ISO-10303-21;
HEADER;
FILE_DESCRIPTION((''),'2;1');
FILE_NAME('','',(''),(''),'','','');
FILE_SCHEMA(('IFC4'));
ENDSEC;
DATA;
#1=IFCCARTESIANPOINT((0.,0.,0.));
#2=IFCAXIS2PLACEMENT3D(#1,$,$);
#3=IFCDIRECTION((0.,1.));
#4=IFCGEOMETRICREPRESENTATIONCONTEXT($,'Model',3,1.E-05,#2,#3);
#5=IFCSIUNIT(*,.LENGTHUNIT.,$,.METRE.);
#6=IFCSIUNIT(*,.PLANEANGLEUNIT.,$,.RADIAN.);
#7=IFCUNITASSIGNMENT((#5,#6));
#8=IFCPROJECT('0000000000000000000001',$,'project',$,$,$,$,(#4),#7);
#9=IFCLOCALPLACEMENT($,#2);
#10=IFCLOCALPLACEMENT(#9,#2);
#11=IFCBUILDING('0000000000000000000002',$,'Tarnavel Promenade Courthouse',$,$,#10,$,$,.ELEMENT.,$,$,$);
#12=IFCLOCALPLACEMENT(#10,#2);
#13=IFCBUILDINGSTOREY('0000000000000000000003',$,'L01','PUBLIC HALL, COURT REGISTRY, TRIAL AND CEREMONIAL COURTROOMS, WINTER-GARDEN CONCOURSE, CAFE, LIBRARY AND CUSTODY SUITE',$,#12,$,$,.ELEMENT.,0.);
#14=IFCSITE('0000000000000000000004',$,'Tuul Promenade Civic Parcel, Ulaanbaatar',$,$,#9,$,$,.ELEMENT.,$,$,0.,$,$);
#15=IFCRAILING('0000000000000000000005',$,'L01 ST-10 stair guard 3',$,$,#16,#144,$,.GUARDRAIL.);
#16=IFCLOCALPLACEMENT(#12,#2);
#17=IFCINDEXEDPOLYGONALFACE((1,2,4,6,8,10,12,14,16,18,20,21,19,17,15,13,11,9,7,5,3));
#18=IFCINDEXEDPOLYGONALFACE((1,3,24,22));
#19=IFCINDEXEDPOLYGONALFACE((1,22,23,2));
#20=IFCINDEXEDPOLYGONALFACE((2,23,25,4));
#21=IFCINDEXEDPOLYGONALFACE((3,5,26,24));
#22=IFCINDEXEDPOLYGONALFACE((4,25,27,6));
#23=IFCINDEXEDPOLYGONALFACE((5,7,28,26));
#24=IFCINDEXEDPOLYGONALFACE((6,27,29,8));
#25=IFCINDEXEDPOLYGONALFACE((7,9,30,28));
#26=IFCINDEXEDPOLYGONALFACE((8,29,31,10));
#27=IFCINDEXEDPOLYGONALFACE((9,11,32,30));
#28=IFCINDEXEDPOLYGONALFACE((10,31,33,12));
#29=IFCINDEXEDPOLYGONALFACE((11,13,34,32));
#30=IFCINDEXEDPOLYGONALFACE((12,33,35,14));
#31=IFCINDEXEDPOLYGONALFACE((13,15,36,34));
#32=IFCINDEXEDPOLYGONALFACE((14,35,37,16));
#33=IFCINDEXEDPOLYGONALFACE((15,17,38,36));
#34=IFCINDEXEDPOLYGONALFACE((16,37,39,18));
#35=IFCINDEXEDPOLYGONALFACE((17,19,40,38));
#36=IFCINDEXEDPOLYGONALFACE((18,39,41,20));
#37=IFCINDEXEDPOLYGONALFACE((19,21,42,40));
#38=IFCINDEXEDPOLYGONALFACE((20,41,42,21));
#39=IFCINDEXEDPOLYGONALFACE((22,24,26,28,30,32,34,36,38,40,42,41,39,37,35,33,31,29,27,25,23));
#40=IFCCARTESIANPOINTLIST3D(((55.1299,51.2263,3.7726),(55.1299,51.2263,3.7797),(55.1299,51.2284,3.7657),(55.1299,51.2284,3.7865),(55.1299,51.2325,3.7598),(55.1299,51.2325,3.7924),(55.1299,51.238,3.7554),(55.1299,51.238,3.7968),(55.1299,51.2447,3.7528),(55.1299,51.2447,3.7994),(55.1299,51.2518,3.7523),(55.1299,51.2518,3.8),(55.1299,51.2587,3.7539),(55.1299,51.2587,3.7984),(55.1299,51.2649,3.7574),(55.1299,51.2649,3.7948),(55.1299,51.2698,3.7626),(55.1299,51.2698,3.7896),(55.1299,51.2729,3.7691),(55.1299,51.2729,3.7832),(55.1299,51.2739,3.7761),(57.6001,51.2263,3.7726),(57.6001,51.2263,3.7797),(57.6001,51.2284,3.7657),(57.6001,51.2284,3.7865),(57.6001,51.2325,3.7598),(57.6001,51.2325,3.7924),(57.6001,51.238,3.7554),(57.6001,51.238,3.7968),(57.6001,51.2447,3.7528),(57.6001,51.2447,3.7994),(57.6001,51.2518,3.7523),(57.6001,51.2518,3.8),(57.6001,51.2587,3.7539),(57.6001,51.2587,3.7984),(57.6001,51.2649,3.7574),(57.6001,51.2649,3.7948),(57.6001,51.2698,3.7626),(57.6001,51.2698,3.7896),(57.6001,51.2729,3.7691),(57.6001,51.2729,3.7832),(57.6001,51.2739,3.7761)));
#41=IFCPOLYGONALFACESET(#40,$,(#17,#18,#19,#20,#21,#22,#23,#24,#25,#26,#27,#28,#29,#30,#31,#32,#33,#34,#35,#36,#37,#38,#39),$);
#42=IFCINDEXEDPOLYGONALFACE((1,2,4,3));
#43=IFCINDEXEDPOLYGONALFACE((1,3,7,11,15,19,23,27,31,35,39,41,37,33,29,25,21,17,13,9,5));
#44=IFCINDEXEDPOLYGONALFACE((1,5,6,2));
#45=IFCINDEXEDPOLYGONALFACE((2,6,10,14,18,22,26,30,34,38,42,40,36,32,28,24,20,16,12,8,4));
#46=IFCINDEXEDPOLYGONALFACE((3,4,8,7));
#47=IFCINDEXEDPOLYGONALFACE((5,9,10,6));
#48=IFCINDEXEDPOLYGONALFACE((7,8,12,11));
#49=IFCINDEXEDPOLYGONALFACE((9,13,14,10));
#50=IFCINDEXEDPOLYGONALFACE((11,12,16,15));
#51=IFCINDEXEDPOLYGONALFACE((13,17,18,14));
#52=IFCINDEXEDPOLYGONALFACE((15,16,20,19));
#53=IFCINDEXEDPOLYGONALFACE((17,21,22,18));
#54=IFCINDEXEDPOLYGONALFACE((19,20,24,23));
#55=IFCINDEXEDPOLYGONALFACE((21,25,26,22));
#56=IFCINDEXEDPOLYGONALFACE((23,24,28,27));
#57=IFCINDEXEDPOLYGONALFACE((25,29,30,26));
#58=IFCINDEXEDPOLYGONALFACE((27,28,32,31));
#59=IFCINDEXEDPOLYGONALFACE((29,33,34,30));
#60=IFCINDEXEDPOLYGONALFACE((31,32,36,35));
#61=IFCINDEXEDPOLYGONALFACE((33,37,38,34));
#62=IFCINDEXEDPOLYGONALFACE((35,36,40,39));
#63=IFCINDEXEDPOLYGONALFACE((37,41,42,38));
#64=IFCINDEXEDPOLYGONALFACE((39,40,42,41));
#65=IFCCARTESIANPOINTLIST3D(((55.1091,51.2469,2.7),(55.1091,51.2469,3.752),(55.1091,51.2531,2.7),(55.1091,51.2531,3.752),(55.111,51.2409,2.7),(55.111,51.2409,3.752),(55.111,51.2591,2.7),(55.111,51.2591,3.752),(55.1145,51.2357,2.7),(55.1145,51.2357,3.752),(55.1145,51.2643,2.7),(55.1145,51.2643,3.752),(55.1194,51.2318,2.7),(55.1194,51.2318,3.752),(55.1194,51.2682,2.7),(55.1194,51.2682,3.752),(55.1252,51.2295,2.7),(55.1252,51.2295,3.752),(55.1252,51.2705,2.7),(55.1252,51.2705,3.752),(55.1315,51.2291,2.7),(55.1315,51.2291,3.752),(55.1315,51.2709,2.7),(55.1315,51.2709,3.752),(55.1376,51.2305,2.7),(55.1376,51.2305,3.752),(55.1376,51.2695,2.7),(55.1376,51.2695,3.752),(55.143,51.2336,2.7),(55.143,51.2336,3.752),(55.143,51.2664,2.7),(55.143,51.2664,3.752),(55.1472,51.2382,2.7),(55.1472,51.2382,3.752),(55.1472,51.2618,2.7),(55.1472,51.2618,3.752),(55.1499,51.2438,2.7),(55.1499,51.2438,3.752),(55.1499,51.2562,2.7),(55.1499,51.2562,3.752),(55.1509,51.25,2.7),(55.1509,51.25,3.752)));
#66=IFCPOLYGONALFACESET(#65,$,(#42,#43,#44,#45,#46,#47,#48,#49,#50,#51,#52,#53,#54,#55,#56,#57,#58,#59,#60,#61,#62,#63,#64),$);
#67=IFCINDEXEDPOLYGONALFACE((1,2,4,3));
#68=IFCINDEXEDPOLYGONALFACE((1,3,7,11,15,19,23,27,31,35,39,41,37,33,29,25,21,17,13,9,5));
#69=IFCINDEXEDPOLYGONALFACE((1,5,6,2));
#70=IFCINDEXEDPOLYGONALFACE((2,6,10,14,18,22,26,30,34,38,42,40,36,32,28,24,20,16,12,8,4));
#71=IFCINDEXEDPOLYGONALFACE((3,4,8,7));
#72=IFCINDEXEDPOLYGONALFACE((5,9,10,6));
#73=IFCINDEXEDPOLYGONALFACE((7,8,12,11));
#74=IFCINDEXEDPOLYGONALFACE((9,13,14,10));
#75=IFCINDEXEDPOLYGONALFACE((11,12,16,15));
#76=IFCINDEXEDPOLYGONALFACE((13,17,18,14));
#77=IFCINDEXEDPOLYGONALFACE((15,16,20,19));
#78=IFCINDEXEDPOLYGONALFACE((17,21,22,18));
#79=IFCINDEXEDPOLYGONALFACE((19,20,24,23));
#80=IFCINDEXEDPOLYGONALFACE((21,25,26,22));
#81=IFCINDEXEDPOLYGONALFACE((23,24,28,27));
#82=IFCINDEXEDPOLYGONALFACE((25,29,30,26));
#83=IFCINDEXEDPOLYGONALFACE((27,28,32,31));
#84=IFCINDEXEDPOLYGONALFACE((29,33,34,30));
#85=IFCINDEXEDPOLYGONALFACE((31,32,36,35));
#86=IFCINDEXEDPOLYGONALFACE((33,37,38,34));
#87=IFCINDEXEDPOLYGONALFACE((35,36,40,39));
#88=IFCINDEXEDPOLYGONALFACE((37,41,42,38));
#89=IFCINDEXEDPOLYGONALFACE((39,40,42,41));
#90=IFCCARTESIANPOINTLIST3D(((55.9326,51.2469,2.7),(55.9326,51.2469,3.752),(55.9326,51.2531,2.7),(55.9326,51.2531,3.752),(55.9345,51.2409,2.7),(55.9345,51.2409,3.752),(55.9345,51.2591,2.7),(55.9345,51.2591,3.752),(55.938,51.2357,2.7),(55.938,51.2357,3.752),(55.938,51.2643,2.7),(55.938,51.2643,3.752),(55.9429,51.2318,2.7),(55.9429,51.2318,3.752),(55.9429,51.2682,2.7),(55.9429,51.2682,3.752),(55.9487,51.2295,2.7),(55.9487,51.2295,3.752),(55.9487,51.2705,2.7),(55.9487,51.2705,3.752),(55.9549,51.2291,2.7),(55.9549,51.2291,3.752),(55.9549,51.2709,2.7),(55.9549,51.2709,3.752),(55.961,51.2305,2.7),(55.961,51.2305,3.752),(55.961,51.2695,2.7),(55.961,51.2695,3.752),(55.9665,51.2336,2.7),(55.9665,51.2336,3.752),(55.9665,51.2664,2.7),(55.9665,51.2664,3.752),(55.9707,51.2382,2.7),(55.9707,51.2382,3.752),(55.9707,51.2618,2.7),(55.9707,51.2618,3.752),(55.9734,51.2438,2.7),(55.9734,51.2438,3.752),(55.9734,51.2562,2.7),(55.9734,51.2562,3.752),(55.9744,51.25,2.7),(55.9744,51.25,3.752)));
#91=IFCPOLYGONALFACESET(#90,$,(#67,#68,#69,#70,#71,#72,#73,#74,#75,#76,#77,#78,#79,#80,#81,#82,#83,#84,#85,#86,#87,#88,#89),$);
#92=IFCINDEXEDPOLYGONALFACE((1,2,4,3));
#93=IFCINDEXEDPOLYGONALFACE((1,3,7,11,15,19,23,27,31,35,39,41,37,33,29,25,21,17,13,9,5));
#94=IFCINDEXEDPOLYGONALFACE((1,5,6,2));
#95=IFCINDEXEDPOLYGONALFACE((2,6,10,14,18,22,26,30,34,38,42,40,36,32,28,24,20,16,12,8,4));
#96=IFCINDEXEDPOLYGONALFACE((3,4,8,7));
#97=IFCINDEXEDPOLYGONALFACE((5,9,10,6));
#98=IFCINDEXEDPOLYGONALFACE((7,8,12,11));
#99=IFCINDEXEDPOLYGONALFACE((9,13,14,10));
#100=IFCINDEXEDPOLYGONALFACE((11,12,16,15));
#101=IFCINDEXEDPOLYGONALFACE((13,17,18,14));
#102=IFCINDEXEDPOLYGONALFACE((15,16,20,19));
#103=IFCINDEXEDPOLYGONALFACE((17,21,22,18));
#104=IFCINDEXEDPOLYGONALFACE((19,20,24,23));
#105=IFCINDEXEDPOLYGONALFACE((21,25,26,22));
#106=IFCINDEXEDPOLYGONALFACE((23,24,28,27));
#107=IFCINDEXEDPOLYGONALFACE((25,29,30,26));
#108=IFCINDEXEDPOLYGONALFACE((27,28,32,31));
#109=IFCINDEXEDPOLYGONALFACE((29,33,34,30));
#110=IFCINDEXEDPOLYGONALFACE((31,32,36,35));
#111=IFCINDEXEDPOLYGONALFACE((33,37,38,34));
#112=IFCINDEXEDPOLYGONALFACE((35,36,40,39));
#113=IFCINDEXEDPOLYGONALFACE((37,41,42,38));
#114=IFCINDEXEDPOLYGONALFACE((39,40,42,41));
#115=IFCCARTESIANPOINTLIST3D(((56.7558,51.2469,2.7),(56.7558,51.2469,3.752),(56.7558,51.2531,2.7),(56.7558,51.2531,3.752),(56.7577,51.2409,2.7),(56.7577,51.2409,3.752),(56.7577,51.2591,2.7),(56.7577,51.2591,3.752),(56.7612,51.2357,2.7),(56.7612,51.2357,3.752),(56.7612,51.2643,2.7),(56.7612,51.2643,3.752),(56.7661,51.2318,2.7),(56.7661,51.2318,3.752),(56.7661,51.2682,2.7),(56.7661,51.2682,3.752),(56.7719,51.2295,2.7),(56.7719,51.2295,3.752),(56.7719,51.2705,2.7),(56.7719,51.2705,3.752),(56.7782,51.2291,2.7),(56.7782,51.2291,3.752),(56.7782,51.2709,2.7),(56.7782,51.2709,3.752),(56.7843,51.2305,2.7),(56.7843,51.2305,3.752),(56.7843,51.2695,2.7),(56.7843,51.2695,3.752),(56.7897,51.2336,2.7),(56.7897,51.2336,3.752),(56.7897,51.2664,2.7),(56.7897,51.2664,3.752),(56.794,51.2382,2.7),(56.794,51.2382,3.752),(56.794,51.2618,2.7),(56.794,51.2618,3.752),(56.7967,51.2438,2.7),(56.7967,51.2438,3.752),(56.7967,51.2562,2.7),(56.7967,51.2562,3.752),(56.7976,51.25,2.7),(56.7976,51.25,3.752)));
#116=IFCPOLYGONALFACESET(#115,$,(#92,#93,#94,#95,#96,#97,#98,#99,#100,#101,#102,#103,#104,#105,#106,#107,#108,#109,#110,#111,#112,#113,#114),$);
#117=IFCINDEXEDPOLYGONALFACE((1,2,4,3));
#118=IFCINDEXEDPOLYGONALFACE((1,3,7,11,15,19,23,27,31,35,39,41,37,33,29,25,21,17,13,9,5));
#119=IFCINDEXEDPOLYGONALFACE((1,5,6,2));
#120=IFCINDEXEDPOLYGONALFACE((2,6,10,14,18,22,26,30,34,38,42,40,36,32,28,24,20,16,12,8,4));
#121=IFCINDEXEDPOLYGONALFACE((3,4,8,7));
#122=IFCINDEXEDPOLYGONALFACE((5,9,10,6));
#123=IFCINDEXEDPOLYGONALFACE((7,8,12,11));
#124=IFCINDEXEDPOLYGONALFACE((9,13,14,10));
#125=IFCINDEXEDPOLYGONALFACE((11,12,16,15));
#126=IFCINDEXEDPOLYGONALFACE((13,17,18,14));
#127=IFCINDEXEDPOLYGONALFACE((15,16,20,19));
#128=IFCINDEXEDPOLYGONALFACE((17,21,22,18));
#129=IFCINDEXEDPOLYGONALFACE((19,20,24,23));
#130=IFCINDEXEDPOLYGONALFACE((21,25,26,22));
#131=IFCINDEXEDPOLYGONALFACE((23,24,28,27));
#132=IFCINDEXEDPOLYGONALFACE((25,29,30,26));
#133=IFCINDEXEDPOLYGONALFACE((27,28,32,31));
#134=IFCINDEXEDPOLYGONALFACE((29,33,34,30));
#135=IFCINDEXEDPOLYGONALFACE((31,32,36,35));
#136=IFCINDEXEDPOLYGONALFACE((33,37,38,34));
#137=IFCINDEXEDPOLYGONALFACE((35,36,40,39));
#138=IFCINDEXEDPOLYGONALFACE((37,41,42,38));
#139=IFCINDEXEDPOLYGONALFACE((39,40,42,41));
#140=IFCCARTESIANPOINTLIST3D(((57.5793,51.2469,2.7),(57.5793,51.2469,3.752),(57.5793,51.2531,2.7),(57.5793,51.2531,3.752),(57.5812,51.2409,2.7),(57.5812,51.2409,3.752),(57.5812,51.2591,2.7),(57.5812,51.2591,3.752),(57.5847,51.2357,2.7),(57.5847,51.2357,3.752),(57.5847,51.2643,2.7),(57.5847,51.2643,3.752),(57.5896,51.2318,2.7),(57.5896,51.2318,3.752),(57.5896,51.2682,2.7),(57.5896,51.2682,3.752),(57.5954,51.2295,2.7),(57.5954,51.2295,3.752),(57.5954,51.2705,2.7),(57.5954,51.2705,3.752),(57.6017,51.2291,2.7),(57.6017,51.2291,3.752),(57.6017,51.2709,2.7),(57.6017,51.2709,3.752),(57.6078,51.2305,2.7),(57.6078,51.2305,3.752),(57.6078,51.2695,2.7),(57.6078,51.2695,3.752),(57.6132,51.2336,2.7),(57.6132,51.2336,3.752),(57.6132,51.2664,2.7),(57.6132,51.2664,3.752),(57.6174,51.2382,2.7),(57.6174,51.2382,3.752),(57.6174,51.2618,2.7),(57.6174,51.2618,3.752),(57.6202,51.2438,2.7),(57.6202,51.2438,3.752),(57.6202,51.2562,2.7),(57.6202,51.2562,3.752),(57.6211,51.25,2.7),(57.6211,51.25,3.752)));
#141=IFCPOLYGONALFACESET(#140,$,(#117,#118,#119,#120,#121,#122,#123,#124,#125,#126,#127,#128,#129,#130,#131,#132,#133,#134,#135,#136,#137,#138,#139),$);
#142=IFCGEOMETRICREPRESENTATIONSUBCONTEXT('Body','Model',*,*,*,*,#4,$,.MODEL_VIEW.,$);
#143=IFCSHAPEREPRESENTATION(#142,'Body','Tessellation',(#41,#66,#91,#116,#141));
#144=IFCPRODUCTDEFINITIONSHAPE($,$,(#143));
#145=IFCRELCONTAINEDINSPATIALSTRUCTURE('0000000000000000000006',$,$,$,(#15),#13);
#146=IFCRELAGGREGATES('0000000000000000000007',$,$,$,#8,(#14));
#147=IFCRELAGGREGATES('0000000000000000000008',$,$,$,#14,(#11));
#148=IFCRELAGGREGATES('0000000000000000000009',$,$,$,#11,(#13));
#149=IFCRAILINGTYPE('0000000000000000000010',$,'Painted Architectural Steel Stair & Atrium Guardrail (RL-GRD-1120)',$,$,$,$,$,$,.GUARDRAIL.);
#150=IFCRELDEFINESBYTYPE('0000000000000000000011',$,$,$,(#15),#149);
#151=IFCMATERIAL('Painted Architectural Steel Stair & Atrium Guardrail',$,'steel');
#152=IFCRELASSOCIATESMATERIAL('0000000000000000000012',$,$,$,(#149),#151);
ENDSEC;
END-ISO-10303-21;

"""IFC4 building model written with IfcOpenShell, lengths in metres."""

from ifc_helpers import new_model, si_unit, direction, frame, origin, origin_2d, place, context, subcontext, project, spatial, circle, extrude, material, type_object, element, save


model = new_model("IFC4")

# Units and contexts
model_context = context("Model", 3, precision=1e-05, world=origin(), true_north=direction((0.0, 1.0)))
body_context = subcontext(model_context, "Body", "Model", "MODEL_VIEW")
ifc_project = project(units=[si_unit("LENGTHUNIT", "METRE"), si_unit("PLANEANGLEUNIT", "RADIAN")], contexts=[model_context])

# Site, building, storey
site_placement = place(None, origin())
site = spatial("IfcSite", under=ifc_project, at=site_placement, Name="Tuul Promenade Civic Parcel, Ulaanbaatar", CompositionType="ELEMENT", RefElevation=0.0)
building_placement = place(site_placement, origin())
building = spatial("IfcBuilding", under=site, at=building_placement, Name="Tarnavel Promenade Courthouse", CompositionType="ELEMENT")
storey_placement = place(building_placement, origin())
storey = spatial("IfcBuildingStorey", under=building, at=storey_placement, Name="L01", Description="PUBLIC HALL, COURT REGISTRY, TRIAL AND CEREMONIAL COURTROOMS, WINTER-GARDEN CONCOURSE, CAFE, LIBRARY AND CUSTODY SUITE", CompositionType="ELEMENT", Elevation=0.0)

# Railing
ifc_material_1 = material(Name="Painted Architectural Steel Stair & Atrium Guardrail", Category="steel")
railing_type_1 = type_object("IfcRailingType", Name="Painted Architectural Steel Stair & Atrium Guardrail (RL-GRD-1120)", PredefinedType="GUARDRAIL", material=ifc_material_1)
railing_1_placement = place(storey_placement, frame((55.1299, 51.25, 2.7)))
element("IfcRailing", 1, at=railing_1_placement, inside=storey, type_object=railing_type_1, Name="L01 ST-10 stair guard 3", PredefinedType="GUARDRAIL", context=body_context, shape_type="SweptSolid", body=[
    extrude(circle(Radius=0.0239, at=origin_2d()), frame((0.0, 0.0, 1.0762), z_axis=(1.0, 0.0, 0.0), x_axis=(0.0, 1.0, 0.0)), (0.0, 0.0, 1.0), 2.4702),
    extrude(circle(Radius=0.021, at=origin_2d()), origin(), (0.0, 0.0, 1.0), 1.052),
    extrude(circle(Radius=0.021, at=origin_2d()), frame((0.8235, 0.0, 0.0)), (0.0, 0.0, 1.0), 1.052),
    extrude(circle(Radius=0.021, at=origin_2d()), frame((1.6467, 0.0, 0.0)), (0.0, 0.0, 1.0), 1.052),
    extrude(circle(Radius=0.021, at=origin_2d()), frame((2.4702, 0.0, 0.0)), (0.0, 0.0, 1.0), 1.052),
])

save(model, "model.ifc")
